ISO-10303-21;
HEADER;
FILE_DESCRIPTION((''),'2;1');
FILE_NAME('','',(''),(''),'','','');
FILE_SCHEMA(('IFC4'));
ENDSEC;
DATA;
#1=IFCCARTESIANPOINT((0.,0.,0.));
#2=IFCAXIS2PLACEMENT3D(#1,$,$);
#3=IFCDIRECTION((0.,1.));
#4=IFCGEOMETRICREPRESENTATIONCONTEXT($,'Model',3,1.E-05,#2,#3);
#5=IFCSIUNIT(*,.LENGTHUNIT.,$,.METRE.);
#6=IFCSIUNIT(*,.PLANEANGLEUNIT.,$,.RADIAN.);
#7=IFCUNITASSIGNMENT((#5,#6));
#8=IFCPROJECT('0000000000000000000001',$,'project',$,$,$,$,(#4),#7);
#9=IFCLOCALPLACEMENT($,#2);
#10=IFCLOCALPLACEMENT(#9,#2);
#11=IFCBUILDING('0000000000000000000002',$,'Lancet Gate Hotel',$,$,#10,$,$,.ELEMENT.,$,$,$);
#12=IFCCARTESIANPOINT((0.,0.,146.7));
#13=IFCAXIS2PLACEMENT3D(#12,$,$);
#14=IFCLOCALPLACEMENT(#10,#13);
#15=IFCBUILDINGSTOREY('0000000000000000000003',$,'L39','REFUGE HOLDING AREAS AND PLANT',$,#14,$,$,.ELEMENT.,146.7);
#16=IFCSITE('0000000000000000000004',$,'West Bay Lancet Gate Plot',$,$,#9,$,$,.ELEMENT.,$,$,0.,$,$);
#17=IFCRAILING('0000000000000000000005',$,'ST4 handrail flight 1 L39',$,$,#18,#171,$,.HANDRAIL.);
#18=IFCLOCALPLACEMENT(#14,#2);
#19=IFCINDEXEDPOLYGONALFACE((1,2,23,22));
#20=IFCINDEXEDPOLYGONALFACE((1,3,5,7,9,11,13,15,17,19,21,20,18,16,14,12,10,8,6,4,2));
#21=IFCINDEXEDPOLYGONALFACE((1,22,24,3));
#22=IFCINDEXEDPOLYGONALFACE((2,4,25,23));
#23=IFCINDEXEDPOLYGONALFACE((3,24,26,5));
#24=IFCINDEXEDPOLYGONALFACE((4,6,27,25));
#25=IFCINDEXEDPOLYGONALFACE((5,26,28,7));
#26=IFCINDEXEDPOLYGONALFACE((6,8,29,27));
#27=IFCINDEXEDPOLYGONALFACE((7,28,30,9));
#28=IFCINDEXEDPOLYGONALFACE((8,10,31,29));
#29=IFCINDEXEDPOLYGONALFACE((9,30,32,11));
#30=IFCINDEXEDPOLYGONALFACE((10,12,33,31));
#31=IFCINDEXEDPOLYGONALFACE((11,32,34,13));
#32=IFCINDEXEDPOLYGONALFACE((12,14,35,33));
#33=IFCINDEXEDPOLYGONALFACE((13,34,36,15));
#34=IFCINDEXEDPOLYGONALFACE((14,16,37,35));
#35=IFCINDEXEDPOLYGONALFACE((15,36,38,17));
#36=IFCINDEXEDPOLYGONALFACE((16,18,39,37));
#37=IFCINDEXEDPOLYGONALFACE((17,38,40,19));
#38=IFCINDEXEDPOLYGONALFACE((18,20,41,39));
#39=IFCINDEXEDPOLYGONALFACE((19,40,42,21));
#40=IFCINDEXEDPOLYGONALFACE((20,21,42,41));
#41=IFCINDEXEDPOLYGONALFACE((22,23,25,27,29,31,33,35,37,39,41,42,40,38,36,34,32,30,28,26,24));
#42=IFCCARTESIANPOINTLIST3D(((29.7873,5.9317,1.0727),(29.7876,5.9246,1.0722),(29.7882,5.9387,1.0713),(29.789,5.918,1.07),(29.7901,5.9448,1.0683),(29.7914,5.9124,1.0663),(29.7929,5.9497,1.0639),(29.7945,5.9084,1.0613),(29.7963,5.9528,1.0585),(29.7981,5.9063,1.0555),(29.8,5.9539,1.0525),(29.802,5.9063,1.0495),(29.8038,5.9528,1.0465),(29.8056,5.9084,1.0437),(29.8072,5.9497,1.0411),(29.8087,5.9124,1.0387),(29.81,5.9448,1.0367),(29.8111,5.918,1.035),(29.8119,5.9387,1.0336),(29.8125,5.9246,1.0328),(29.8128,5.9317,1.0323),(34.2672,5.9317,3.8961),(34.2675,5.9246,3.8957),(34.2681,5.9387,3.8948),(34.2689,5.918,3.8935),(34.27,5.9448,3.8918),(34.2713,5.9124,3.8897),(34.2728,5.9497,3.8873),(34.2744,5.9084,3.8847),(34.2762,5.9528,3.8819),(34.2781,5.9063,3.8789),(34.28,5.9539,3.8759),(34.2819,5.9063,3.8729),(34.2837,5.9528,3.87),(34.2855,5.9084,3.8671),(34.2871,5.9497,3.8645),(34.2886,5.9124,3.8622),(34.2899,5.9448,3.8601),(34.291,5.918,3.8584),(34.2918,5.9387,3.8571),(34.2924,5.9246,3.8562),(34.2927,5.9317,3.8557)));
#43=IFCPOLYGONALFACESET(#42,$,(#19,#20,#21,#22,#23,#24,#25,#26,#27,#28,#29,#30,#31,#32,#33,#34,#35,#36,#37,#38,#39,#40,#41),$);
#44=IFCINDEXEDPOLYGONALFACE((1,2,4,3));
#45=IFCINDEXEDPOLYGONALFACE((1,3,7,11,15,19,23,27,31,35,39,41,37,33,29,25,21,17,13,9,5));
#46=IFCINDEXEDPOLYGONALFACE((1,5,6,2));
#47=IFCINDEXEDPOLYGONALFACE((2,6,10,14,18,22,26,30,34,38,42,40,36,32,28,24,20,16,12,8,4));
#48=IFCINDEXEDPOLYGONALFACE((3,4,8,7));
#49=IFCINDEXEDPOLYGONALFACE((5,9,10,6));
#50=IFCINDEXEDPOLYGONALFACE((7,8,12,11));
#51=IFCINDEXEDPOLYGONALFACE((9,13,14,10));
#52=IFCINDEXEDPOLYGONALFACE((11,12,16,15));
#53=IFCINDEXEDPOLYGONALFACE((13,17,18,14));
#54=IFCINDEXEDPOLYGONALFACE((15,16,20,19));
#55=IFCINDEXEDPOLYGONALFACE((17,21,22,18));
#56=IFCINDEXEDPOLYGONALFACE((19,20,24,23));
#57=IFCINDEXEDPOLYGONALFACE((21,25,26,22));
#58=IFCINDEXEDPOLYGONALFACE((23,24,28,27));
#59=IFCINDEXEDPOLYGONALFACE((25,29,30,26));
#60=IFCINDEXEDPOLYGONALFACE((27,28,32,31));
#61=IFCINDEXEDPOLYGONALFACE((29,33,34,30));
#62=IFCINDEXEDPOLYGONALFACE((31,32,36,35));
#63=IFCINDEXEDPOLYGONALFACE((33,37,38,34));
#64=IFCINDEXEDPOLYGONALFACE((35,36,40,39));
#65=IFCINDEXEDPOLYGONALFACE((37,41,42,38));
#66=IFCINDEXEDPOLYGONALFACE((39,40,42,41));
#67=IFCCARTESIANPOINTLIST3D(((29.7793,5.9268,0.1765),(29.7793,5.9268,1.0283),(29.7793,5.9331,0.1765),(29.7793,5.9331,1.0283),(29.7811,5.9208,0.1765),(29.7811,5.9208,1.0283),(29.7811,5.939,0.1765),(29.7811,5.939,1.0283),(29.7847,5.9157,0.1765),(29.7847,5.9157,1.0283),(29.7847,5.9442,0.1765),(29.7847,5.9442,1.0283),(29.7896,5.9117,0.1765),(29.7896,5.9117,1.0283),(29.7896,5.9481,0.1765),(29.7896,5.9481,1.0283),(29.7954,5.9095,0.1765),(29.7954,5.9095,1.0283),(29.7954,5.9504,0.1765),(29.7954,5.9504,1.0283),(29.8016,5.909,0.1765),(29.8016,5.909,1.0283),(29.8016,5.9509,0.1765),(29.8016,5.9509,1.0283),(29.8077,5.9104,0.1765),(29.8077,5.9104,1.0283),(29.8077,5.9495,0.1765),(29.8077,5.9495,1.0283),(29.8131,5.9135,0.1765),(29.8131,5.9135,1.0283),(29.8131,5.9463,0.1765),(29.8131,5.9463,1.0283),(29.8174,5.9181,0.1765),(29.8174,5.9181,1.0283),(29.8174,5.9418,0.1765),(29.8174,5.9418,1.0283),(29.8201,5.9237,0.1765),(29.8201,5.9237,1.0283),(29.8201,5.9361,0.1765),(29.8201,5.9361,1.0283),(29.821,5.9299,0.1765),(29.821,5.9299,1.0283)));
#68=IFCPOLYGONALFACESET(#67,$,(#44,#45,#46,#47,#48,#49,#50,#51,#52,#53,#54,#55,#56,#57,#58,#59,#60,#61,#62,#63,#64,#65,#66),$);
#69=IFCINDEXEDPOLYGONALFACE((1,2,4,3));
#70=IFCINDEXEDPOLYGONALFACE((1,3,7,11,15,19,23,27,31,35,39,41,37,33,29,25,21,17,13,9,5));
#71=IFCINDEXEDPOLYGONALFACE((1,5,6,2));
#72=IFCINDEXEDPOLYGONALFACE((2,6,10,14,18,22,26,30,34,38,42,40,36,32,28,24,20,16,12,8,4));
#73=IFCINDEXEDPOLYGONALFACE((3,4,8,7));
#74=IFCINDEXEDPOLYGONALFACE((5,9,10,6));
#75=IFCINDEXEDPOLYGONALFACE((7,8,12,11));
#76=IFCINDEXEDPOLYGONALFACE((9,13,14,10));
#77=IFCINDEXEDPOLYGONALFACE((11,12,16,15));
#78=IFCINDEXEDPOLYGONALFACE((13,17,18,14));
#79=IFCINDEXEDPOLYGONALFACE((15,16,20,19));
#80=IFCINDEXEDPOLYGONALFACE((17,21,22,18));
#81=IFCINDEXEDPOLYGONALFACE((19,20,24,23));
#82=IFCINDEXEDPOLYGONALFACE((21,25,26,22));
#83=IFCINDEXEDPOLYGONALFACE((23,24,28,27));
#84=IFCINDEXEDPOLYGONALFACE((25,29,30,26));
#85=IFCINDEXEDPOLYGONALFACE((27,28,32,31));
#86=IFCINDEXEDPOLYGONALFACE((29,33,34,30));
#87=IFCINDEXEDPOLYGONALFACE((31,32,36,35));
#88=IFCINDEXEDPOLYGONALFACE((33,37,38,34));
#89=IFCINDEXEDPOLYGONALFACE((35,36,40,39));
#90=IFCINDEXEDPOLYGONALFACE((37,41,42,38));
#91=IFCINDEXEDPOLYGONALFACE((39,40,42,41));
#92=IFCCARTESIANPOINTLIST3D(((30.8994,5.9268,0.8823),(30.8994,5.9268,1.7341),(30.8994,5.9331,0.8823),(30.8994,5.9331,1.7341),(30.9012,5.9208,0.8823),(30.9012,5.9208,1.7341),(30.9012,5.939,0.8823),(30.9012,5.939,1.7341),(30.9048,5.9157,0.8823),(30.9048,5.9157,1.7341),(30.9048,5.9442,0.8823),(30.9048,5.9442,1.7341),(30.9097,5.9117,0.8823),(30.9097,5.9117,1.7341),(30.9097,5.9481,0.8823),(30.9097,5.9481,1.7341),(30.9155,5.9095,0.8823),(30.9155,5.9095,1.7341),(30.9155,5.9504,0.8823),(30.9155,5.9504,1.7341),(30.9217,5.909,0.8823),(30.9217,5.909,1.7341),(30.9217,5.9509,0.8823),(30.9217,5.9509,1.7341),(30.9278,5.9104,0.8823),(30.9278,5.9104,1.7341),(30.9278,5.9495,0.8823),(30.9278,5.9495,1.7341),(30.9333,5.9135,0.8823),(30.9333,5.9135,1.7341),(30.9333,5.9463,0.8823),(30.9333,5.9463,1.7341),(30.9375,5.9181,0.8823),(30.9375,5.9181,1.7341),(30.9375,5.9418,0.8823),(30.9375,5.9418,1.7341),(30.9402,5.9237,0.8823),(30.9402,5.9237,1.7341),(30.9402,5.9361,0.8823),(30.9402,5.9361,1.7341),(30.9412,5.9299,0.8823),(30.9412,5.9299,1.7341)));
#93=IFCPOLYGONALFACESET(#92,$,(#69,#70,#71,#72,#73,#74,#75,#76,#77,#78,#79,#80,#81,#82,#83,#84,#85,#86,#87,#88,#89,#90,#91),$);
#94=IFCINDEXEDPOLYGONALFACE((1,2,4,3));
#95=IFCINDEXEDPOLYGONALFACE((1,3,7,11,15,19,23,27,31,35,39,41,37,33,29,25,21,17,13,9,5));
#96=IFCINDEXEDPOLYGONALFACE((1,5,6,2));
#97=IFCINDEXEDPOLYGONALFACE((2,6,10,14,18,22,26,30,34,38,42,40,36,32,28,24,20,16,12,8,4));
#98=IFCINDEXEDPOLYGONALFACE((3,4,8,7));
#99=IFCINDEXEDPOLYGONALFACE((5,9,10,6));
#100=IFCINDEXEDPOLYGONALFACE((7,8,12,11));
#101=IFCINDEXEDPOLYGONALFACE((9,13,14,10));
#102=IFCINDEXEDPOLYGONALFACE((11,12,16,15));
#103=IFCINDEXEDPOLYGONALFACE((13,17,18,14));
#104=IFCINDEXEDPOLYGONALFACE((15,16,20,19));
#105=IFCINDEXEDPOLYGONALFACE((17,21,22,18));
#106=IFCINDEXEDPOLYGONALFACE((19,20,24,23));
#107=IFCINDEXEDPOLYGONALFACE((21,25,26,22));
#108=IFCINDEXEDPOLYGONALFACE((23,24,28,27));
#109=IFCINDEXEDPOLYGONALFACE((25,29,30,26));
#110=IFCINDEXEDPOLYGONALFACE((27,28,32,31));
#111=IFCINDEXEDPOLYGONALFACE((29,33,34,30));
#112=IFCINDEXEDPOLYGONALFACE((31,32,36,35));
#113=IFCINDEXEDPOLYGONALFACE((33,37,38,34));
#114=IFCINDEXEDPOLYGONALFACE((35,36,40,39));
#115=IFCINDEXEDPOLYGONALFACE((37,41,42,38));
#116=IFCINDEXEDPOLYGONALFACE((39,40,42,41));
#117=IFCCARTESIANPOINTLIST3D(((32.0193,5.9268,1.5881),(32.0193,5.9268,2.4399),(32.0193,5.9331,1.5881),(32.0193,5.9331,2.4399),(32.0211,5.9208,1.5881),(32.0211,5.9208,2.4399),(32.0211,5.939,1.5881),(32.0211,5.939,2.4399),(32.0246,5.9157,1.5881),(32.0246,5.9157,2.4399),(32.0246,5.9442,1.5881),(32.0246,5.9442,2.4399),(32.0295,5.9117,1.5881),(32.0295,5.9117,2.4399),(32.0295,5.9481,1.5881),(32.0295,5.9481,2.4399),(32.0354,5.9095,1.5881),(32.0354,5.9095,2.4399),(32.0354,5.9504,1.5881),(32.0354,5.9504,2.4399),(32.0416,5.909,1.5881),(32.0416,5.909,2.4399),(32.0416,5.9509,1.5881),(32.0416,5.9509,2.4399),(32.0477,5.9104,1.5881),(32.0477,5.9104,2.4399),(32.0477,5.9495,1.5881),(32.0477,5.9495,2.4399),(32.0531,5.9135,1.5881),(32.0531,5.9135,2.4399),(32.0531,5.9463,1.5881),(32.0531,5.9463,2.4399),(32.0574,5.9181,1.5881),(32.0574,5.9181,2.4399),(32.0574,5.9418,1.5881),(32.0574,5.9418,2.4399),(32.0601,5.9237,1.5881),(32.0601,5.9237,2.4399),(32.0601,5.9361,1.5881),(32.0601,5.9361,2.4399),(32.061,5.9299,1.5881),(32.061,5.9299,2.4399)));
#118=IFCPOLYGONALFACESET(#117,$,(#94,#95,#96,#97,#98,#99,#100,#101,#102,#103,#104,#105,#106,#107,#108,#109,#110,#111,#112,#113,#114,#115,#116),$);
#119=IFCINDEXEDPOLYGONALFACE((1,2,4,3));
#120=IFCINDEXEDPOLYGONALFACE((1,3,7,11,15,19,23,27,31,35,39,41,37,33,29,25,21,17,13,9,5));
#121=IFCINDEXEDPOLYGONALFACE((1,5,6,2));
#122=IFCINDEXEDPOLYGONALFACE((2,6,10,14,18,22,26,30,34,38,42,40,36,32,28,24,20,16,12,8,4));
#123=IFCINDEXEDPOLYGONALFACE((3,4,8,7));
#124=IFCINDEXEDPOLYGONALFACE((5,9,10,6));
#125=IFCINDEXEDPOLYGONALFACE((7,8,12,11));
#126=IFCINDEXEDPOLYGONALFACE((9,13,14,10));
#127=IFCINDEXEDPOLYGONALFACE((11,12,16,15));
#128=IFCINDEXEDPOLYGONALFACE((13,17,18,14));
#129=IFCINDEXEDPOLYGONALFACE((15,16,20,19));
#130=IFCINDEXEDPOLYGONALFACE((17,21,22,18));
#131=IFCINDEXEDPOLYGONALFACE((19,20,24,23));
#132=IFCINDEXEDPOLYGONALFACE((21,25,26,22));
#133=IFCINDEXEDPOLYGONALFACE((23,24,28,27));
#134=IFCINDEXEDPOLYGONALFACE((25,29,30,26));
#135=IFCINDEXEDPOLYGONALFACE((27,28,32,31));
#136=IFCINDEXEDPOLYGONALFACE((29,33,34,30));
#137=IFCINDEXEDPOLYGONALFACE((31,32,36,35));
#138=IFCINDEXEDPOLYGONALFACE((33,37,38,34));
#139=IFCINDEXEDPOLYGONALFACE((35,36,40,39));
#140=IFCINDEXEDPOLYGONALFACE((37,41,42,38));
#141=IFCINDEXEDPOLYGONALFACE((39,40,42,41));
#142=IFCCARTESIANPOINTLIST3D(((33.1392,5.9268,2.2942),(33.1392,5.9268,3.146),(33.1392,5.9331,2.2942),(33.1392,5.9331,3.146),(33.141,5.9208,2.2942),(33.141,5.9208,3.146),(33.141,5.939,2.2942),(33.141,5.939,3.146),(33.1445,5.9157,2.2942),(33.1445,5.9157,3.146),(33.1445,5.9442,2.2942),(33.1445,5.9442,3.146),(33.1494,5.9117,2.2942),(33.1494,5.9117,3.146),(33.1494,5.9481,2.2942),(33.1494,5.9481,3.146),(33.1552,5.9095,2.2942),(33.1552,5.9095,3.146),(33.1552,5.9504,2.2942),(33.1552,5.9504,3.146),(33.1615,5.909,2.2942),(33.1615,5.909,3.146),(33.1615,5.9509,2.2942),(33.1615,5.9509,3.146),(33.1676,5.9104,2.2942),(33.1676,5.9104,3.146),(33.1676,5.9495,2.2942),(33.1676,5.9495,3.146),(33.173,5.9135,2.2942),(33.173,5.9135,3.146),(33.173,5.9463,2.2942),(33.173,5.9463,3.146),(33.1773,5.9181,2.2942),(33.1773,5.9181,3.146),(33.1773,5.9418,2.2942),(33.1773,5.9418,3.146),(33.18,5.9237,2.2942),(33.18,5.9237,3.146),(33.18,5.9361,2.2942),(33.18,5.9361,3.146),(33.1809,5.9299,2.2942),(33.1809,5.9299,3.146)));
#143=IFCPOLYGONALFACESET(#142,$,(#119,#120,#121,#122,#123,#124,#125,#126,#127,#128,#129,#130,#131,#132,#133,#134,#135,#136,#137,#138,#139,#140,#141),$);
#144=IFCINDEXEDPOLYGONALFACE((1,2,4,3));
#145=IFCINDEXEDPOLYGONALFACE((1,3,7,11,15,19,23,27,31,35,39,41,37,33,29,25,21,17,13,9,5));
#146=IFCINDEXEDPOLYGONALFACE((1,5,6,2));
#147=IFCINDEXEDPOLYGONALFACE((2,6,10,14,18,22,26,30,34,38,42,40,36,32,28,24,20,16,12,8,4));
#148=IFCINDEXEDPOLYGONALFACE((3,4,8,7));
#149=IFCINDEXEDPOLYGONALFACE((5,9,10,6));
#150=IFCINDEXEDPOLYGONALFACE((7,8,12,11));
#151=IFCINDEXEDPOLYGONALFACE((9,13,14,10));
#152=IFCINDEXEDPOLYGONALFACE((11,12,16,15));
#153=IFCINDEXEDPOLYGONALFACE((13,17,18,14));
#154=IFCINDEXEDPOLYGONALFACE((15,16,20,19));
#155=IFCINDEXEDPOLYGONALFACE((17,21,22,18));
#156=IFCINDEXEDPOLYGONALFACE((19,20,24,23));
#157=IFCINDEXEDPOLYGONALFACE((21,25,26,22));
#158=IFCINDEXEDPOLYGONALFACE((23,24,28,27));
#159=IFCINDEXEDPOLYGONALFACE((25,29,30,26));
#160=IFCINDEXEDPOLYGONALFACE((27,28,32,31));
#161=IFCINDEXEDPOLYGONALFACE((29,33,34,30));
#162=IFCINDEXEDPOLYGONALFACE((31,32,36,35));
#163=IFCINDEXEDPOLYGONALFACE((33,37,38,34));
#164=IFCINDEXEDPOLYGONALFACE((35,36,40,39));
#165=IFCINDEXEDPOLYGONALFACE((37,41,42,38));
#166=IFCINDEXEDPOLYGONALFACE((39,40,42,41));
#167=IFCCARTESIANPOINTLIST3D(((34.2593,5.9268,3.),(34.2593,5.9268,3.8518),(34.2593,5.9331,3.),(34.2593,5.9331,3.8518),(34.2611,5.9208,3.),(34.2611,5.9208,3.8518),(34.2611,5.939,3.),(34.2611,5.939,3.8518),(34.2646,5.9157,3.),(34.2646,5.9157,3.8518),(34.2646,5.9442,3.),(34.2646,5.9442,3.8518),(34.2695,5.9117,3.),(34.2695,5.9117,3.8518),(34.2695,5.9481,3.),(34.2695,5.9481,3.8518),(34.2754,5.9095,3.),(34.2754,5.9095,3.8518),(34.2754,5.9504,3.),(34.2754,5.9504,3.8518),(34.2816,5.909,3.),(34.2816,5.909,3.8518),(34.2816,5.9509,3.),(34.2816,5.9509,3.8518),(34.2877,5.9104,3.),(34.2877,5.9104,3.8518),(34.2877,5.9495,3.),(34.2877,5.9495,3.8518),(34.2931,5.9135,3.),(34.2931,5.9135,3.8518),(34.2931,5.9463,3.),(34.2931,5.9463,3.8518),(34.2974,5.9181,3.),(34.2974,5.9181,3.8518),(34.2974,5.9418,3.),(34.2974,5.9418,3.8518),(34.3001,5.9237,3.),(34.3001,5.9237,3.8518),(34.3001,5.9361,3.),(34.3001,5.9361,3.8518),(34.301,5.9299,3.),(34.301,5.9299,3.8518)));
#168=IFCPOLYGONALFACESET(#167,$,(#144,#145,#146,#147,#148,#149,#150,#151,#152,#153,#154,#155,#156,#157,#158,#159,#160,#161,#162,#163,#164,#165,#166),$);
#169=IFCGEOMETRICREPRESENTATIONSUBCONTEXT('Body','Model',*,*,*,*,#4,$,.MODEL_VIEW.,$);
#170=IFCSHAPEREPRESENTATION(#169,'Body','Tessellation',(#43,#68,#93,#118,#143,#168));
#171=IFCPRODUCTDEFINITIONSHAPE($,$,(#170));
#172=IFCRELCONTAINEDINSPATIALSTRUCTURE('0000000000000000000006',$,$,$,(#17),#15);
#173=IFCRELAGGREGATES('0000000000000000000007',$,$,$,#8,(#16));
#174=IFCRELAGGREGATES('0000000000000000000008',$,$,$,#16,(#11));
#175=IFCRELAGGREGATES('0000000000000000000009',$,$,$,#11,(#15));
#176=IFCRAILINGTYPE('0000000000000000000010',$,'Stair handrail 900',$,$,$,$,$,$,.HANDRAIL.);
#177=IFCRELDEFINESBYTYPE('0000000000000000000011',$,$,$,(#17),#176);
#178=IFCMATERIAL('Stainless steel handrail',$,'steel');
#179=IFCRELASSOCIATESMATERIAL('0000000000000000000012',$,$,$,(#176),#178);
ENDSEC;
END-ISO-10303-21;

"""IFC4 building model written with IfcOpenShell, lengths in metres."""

from ifc_helpers import new_model, si_unit, direction, frame, origin, origin_2d, place, context, subcontext, project, spatial, circle, extrude, material, type_object, element, save


model = new_model("IFC4")

# Units and contexts
model_context = context("Model", 3, precision=1e-05, world=origin(), true_north=direction((0.0, 1.0)))
body_context = subcontext(model_context, "Body", "Model", "MODEL_VIEW")
ifc_project = project(units=[si_unit("LENGTHUNIT", "METRE"), si_unit("PLANEANGLEUNIT", "RADIAN")], contexts=[model_context])

# Site, building, storey
site_placement = place(None, origin())
site = spatial("IfcSite", under=ifc_project, at=site_placement, Name="West Bay Lancet Gate Plot", CompositionType="ELEMENT", RefElevation=0.0)
building_placement = place(site_placement, origin())
building = spatial("IfcBuilding", under=site, at=building_placement, Name="Lancet Gate Hotel", CompositionType="ELEMENT")
storey_placement = place(building_placement, frame((0.0, 0.0, 146.7)))
storey = spatial("IfcBuildingStorey", under=building, at=storey_placement, Name="L39", Description="REFUGE HOLDING AREAS AND PLANT", CompositionType="ELEMENT", Elevation=146.7)

# Railing
ifc_material_1 = material(Name="Stainless steel handrail", Category="steel")
railing_type = type_object("IfcRailingType", Name="Stair handrail 900", PredefinedType="HANDRAIL", material=ifc_material_1)
railing_1_placement = place(storey_placement, frame((29.8, 5.9299, 0.1765)))
element("IfcRailing", 1, at=railing_1_placement, inside=storey, type_object=railing_type, Name="ST4 handrail flight 1 L39", PredefinedType="HANDRAIL", context=body_context, shape_type="SweptSolid", body=[
    extrude(circle(Radius=0.0239, at=origin_2d()), frame((0.0, 0.0, 0.876), z_axis=(0.845998, 0.0, 0.533186), x_axis=(0.0, 1.0, 0.0)), (0.0, 0.0, 1.0), 5.2954),
    extrude(circle(Radius=0.021, at=origin_2d()), origin(), (0.0, 0.0, 1.0), 0.8518),
    extrude(circle(Radius=0.021, at=origin_2d()), frame((1.1201, 0.0, 0.7058)), (0.0, 0.0, 1.0), 0.8518),
    extrude(circle(Radius=0.021, at=origin_2d()), frame((2.24, 0.0, 1.4116)), (0.0, 0.0, 1.0), 0.8518),
    extrude(circle(Radius=0.021, at=origin_2d()), frame((3.3599, 0.0, 2.1177)), (0.0, 0.0, 1.0), 0.8518),
    extrude(circle(Radius=0.021, at=origin_2d()), frame((4.48, 0.0, 2.8235)), (0.0, 0.0, 1.0), 0.8518),
])

save(model, "model.ifc")
